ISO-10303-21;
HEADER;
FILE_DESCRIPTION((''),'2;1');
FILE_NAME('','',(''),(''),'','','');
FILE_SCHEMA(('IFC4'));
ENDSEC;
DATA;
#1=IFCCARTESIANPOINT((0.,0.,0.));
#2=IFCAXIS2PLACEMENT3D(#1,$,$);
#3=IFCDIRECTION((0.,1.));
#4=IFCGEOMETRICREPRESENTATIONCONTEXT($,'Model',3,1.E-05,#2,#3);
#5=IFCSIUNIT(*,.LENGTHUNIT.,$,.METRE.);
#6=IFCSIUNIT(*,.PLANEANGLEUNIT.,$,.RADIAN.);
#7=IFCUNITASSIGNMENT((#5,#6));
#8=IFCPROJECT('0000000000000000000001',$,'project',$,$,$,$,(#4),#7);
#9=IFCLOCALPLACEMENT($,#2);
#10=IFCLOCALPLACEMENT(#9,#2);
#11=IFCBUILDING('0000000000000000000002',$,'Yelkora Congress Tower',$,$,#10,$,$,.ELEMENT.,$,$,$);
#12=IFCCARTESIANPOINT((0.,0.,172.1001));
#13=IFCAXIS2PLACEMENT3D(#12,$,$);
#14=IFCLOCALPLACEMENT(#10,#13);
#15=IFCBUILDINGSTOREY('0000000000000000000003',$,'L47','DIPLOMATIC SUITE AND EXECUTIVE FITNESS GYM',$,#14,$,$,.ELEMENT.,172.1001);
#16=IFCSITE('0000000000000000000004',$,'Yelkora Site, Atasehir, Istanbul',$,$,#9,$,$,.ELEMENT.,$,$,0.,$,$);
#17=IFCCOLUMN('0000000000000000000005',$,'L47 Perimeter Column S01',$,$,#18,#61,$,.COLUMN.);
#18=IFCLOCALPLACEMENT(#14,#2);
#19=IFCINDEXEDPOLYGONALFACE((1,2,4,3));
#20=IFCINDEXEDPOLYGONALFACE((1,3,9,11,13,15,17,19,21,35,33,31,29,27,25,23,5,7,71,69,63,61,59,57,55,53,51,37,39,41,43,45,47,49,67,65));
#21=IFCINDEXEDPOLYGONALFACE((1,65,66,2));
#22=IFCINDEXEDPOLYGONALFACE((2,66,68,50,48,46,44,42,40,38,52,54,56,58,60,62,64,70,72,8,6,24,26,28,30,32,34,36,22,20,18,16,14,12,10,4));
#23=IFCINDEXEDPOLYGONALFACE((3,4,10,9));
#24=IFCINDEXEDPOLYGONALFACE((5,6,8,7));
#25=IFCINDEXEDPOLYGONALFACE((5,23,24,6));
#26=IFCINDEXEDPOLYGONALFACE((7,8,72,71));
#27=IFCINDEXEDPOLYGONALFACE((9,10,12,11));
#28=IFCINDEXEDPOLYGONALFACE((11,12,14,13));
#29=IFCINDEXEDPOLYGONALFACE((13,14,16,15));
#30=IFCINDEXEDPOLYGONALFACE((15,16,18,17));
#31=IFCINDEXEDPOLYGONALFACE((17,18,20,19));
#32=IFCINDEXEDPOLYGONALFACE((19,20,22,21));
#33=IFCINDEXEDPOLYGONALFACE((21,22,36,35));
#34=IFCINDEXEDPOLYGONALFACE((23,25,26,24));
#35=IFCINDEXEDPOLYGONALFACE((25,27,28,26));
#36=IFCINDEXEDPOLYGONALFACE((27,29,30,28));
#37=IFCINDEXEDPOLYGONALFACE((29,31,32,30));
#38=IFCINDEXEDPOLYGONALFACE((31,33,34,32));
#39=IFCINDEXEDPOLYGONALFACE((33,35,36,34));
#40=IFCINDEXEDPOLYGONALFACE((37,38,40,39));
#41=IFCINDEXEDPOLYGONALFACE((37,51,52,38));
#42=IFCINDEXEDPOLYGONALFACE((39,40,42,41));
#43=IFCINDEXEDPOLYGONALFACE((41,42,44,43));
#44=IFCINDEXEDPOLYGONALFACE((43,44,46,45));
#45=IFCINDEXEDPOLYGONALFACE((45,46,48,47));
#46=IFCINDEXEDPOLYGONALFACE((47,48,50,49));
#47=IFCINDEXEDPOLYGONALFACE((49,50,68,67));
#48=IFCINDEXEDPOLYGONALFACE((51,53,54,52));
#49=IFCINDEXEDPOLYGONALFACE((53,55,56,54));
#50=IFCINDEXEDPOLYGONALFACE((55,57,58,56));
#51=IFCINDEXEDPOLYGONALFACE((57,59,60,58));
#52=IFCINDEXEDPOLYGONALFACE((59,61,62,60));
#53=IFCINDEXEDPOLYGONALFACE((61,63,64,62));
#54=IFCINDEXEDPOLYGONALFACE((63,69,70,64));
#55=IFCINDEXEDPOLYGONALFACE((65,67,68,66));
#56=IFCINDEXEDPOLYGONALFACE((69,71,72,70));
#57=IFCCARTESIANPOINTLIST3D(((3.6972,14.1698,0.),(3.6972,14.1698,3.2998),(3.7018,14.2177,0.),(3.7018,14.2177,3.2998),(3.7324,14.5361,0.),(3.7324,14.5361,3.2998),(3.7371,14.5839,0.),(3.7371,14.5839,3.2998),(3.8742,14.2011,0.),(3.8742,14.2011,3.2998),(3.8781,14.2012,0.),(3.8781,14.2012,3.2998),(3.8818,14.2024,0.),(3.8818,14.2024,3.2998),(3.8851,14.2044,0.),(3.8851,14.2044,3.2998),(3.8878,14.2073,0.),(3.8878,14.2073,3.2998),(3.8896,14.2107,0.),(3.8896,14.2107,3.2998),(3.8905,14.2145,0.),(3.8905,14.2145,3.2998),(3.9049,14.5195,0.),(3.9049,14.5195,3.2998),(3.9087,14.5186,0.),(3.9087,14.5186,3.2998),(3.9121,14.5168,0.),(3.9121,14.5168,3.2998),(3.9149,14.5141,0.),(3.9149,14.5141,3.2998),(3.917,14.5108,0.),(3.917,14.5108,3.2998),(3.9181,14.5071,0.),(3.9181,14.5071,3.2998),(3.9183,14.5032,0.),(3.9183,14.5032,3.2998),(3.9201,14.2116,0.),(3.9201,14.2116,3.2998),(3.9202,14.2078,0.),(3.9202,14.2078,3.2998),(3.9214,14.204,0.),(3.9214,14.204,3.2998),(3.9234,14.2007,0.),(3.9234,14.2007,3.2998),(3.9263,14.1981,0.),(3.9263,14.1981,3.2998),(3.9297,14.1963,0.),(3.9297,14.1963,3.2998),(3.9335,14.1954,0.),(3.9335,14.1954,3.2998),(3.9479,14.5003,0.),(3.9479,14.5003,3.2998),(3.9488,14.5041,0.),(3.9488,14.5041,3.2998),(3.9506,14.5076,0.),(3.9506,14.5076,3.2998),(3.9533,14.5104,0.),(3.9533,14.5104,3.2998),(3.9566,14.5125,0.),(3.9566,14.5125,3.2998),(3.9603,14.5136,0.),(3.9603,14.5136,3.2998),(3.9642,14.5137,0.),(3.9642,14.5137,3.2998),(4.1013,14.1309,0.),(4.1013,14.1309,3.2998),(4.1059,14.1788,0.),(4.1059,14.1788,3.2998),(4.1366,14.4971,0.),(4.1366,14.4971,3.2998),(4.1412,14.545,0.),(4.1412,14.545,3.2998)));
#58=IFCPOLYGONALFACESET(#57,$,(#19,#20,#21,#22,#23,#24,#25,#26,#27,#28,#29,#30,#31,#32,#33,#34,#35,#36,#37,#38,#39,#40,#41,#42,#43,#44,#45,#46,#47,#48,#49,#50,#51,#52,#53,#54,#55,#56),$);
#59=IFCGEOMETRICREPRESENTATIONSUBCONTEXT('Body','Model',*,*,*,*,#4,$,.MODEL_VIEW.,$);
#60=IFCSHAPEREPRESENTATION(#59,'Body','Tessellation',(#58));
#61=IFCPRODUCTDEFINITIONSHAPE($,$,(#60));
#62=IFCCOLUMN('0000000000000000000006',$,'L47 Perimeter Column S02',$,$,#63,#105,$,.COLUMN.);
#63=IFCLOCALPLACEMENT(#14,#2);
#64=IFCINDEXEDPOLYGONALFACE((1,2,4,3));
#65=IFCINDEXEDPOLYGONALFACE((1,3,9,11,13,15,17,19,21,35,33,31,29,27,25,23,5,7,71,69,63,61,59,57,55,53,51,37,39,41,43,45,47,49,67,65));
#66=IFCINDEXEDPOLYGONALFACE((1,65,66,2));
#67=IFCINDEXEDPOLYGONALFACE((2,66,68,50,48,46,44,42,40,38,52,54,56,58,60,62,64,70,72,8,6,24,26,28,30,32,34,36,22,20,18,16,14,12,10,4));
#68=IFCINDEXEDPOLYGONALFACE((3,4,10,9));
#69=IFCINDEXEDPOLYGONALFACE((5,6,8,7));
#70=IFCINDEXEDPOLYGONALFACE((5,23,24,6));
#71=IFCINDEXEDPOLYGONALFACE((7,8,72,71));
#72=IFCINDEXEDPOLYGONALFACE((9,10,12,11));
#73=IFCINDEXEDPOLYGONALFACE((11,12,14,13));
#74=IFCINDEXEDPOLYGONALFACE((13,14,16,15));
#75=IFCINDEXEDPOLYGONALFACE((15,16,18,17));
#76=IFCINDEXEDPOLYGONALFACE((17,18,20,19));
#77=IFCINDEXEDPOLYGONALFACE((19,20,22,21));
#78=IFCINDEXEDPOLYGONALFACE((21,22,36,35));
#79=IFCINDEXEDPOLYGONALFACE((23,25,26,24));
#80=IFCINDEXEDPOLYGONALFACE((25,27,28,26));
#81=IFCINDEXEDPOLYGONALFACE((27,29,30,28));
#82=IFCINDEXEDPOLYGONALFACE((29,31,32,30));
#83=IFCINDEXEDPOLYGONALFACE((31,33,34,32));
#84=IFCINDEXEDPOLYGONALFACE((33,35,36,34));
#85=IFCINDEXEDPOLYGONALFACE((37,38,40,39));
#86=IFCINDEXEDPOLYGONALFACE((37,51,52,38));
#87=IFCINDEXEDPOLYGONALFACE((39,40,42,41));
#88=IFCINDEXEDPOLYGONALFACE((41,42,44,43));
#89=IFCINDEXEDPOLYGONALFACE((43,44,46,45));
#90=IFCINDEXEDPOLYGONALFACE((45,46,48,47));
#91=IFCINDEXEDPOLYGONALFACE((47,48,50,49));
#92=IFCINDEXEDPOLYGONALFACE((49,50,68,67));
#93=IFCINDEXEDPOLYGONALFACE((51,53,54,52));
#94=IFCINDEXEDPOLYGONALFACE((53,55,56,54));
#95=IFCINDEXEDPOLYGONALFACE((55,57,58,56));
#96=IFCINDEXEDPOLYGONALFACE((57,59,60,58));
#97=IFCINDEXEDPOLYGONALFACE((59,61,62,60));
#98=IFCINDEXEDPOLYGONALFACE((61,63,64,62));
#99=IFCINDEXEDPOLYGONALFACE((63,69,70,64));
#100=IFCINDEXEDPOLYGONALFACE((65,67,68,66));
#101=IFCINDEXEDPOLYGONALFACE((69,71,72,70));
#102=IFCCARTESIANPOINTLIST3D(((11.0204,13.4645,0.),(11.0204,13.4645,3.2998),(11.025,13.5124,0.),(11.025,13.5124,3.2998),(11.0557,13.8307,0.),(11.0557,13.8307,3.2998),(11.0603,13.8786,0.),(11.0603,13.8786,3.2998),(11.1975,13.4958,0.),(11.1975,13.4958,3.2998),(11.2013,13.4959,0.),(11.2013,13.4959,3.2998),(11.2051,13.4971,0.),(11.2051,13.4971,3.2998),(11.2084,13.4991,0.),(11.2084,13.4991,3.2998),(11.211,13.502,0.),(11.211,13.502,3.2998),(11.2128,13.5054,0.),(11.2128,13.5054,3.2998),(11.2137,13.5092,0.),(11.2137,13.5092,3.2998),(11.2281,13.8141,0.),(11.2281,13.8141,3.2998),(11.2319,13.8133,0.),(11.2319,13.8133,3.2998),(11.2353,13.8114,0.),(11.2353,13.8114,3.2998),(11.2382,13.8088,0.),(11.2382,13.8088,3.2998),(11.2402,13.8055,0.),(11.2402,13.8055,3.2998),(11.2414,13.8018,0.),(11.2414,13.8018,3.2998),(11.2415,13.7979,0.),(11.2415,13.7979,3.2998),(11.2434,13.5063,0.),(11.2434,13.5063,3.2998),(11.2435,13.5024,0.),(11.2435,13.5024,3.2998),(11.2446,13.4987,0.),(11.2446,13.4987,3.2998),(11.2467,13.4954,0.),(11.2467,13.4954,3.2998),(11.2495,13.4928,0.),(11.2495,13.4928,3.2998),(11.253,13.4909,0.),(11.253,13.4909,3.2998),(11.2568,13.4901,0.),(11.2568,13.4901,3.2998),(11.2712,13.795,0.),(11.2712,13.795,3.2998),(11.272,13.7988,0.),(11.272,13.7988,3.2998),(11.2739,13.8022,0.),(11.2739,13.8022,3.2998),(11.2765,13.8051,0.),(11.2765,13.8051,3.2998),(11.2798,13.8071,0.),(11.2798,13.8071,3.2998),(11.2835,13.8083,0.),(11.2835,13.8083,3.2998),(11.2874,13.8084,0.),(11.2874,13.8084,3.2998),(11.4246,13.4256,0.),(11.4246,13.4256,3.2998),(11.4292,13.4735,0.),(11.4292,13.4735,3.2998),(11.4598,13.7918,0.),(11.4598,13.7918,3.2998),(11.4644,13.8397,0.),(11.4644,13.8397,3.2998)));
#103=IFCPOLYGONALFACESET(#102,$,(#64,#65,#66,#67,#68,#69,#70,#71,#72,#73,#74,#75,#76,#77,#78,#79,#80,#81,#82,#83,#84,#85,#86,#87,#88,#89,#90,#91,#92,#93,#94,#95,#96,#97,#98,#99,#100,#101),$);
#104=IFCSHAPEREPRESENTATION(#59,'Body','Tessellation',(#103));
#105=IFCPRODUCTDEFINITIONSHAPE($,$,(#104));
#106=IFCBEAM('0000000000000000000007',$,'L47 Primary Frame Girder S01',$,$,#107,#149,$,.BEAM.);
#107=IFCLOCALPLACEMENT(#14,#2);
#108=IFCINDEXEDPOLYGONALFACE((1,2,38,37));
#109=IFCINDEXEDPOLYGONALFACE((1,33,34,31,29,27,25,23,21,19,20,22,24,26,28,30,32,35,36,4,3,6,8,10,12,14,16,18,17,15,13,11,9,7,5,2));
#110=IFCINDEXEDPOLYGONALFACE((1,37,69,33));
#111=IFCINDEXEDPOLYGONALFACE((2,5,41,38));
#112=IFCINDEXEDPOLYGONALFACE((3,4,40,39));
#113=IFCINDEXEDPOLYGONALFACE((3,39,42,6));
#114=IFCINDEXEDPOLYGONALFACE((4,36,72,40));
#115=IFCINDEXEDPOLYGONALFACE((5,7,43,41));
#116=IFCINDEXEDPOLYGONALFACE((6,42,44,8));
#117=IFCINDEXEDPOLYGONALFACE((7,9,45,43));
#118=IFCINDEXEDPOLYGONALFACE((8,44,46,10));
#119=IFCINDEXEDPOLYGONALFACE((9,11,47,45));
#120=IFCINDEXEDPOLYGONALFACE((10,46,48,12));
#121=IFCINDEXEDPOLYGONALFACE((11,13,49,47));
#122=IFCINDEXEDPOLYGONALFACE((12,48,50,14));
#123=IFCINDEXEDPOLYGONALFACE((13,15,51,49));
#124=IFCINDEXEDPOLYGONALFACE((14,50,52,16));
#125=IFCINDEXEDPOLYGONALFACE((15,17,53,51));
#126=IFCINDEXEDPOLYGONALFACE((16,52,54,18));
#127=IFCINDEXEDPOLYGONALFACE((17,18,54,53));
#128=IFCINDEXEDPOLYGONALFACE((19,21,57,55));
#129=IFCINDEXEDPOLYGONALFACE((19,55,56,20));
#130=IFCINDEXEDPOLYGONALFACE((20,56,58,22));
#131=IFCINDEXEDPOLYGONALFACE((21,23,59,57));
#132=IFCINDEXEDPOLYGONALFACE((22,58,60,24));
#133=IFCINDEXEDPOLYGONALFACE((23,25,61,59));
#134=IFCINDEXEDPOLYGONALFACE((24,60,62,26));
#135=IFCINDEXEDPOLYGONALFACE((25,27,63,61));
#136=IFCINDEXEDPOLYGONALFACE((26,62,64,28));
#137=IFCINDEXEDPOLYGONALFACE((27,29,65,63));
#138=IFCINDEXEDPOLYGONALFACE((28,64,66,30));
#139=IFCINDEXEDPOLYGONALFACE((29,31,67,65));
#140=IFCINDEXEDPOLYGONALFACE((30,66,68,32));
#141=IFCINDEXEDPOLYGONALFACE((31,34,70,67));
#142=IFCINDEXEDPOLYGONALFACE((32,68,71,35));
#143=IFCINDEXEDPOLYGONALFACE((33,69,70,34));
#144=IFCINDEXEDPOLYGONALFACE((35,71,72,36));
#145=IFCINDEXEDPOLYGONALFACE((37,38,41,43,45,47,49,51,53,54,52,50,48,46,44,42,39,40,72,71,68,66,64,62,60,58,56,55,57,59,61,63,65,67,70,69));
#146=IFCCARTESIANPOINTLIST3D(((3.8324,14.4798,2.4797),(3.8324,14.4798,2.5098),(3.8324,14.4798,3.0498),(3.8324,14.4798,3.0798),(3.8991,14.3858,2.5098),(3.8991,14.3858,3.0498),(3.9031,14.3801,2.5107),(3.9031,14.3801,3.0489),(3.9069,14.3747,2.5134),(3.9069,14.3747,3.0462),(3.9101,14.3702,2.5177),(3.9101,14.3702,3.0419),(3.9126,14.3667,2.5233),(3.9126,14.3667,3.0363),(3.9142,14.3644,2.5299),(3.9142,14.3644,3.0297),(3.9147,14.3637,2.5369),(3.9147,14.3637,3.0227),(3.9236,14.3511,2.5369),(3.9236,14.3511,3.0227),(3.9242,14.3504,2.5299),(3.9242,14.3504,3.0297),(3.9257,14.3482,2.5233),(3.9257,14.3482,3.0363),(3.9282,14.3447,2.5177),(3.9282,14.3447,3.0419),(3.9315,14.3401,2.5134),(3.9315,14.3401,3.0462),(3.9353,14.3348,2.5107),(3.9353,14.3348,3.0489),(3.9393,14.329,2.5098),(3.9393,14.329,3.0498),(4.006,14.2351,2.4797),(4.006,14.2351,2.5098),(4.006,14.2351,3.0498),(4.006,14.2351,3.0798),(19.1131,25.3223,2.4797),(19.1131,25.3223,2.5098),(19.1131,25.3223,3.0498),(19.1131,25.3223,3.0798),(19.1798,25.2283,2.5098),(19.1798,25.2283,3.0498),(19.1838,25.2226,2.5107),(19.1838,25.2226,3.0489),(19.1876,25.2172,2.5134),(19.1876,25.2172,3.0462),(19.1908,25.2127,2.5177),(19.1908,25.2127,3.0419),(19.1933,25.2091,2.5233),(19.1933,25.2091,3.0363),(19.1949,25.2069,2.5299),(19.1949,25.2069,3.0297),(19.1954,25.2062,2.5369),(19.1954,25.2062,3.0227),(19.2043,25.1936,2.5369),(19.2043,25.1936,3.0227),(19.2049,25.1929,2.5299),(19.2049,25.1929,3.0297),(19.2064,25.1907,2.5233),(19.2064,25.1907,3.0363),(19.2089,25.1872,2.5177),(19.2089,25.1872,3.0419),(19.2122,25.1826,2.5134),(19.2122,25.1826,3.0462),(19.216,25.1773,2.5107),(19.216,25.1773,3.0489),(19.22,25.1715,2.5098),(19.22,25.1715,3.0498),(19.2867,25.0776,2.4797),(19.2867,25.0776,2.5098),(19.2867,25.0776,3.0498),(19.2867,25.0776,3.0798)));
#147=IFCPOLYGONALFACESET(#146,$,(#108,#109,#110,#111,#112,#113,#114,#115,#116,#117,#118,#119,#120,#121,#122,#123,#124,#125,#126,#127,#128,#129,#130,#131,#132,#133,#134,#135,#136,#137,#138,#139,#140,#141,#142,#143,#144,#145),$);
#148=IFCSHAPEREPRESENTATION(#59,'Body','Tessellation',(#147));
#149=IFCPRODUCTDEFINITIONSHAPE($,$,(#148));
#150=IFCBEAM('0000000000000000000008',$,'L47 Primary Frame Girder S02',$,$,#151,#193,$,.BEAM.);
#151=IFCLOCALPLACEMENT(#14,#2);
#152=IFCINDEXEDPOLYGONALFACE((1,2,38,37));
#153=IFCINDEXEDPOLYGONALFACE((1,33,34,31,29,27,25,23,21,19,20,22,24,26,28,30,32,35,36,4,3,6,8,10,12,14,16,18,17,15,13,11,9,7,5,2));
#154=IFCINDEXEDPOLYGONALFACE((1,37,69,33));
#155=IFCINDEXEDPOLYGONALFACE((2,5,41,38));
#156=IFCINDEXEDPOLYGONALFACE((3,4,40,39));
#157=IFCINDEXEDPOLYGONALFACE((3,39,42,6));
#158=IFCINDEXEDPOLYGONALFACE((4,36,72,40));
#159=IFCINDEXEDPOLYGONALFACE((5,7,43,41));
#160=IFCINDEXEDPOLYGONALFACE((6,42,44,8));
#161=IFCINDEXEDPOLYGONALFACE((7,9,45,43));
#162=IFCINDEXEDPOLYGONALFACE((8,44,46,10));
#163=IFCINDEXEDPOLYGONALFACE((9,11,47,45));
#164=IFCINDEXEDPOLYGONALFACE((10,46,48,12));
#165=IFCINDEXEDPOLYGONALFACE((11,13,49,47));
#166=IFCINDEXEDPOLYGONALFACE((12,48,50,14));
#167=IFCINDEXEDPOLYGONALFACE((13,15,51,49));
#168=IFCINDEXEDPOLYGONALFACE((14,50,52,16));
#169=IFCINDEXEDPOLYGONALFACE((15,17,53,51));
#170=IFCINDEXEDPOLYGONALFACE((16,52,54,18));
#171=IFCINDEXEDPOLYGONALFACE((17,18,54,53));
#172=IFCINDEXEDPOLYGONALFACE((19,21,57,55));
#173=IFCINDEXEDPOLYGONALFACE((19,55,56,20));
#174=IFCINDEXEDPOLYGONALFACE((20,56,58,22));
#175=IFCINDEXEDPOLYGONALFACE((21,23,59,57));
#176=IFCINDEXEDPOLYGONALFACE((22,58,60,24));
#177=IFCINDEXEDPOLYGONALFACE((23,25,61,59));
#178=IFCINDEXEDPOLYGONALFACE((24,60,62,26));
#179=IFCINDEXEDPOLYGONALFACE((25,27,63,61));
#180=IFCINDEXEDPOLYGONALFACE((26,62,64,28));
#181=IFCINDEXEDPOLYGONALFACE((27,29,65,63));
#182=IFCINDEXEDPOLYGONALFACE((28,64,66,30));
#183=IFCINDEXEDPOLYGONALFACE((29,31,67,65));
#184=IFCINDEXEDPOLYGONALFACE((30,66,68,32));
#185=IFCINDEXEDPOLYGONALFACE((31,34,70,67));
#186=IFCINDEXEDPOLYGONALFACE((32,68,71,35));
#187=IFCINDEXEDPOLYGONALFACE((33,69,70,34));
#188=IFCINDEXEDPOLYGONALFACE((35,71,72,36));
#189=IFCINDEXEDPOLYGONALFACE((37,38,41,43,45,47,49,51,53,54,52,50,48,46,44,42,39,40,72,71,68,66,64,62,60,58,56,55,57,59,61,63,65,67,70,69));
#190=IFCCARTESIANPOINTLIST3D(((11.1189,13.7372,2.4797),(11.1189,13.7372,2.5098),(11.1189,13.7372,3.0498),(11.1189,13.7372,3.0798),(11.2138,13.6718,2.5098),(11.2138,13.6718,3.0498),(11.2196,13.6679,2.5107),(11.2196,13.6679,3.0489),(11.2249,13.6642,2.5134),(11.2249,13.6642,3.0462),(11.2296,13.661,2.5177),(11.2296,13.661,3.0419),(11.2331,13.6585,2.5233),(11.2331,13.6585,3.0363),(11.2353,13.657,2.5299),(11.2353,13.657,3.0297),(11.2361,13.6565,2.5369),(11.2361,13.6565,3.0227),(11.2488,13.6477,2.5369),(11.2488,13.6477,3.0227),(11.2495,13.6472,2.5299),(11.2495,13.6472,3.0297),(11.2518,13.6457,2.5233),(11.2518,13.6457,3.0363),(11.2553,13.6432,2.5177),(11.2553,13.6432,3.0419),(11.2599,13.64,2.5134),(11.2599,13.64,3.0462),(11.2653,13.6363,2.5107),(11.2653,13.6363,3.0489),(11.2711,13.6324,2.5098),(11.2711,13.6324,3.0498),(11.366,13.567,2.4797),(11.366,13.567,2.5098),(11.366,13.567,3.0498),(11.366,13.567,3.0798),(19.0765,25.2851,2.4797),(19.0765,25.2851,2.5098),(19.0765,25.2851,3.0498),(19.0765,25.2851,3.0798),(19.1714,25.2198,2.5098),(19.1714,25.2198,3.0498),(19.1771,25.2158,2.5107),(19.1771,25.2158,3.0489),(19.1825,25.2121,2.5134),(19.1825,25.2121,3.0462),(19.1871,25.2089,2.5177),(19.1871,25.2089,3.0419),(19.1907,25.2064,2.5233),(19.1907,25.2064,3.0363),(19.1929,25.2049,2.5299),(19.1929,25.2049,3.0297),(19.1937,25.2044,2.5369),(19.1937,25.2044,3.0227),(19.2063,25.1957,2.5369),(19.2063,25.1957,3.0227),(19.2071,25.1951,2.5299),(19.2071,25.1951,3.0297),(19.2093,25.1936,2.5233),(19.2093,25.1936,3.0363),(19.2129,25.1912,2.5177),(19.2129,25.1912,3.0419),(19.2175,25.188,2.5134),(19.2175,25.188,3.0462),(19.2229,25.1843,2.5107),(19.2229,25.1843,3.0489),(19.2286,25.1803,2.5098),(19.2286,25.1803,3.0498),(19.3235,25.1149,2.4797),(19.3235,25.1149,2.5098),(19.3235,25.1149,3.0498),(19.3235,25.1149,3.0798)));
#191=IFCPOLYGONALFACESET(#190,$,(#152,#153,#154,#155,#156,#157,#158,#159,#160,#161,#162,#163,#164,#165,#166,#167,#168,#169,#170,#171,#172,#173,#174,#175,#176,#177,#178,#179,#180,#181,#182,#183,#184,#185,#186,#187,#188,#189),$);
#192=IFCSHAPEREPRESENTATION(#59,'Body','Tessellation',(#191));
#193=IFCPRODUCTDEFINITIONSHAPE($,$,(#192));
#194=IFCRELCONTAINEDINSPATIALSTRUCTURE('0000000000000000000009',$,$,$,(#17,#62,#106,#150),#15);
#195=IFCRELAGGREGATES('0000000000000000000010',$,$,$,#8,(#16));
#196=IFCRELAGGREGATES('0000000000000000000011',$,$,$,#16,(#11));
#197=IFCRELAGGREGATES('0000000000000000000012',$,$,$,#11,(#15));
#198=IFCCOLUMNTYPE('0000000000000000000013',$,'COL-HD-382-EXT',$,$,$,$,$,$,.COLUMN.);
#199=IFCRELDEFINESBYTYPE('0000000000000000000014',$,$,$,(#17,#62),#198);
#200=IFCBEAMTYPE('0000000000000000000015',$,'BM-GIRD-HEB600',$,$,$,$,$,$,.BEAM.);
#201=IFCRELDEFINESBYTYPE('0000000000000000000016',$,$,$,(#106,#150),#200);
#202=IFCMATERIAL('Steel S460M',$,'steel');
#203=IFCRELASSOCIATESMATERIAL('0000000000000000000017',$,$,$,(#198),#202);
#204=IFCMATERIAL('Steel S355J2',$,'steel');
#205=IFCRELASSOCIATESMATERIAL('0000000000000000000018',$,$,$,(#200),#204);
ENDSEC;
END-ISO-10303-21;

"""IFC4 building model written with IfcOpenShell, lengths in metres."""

from ifc_helpers import new_model, si_unit, direction, frame, origin, origin_2d, place, context, subcontext, project, spatial, i_section, extrude, material, material_profile, profile_set, type_object, element, save


model = new_model("IFC4")

# Units and contexts
model_context = context("Model", 3, precision=1e-05, world=origin(), true_north=direction((0.0, 1.0)))
body_context = subcontext(model_context, "Body", "Model", "MODEL_VIEW")
ifc_project = project(units=[si_unit("LENGTHUNIT", "METRE"), si_unit("PLANEANGLEUNIT", "RADIAN")], contexts=[model_context])

# Site, building, storey
site_placement = place(None, origin())
site = spatial("IfcSite", under=ifc_project, at=site_placement, Name="Yelkora Site, Atasehir, Istanbul", CompositionType="ELEMENT", RefElevation=0.0)
building_placement = place(site_placement, origin())
building = spatial("IfcBuilding", under=site, at=building_placement, Name="Yelkora Congress Tower", CompositionType="ELEMENT")
storey_placement = place(building_placement, frame((0.0, 0.0, 172.1001)))
storey = spatial("IfcBuildingStorey", under=building, at=storey_placement, Name="L47", Description="DIPLOMATIC SUITE AND EXECUTIVE FITNESS GYM", CompositionType="ELEMENT", Elevation=172.1001)

# Columns
ifc_material_1 = material(Name="Steel S460M", Category="steel")
ifc_material_profile_1 = material_profile(ifc_material_1, i_section(OverallWidth=0.406, OverallDepth=0.416, WebThickness=0.0298, FlangeThickness=0.0481, FilletRadius=0.0149, at=origin_2d()), Name="HD 400x382")
ifc_profile_set_1 = profile_set([ifc_material_profile_1], Name="Steel S460M")
column_type = type_object("IfcColumnType", Name="COL-HD-382-EXT", PredefinedType="COLUMN", material=ifc_profile_set_1)
for number, where, z_axis, x_axis, name in (
    (1, (3.9192, 14.3574, 0.0), (0.0, 0.0, 1.0), (0.995396, -0.095846, 0.0), "L47 Perimeter Column S01"),
    (2, (11.2424, 13.6521, 0.0), (0.0, 0.0, 1.0), (0.995396, -0.095846, 0.0), "L47 Perimeter Column S02"),
):
    element("IfcColumn", number, at=place(storey_placement, frame(where, z_axis=z_axis, x_axis=x_axis)), inside=storey, type_object=column_type, Name=name, PredefinedType="COLUMN", context=body_context, shape_type="SweptSolid", body=[
        extrude(i_section(OverallWidth=0.406, OverallDepth=0.416, WebThickness=0.0298, FlangeThickness=0.0481, FilletRadius=0.0149, at=origin_2d()), origin(), (0.0, 0.0, 1.0), 3.2998),
    ])

# Beams
ifc_material_2 = material(Name="Steel S355J2", Category="steel")
ifc_material_profile_2 = material_profile(ifc_material_2, i_section(OverallWidth=0.3, OverallDepth=0.6001, WebThickness=0.0154, FlangeThickness=0.03, FilletRadius=0.0271, at=origin_2d()), Name="HEB 600")
ifc_profile_set_2 = profile_set([ifc_material_profile_2], Name="Steel S355J2")
beam_type_1 = type_object("IfcBeamType", Name="BM-GIRD-HEB600", PredefinedType="BEAM", material=ifc_profile_set_2)
beam_1_placement = place(storey_placement, frame((3.9192, 14.3574, 2.7798), z_axis=(0.815555, 0.57868, 0.0), x_axis=(-0.57868, 0.815555, 0.0)))
element("IfcBeam", 3, at=beam_1_placement, inside=storey, type_object=beam_type_1, Name="L47 Primary Frame Girder S01", PredefinedType="BEAM", context=body_context, shape_type="SweptSolid", body=[
    extrude(i_section(OverallWidth=0.3, OverallDepth=0.6001, WebThickness=0.0154, FlangeThickness=0.03, FilletRadius=0.0271, at=origin_2d()), origin(), (0.0, 0.0, 1.0), 18.7366),
])
beam_2_placement = place(storey_placement, frame((11.2424, 13.6521, 2.7798), z_axis=(0.567418, 0.82343, 0.0), x_axis=(-0.82343, 0.567418, 0.0)))
element("IfcBeam", 4, at=beam_2_placement, inside=storey, type_object=beam_type_1, Name="L47 Primary Frame Girder S02", PredefinedType="BEAM", context=body_context, shape_type="SweptSolid", body=[
    extrude(i_section(OverallWidth=0.3, OverallDepth=0.6001, WebThickness=0.0154, FlangeThickness=0.03, FilletRadius=0.0271, at=origin_2d()), origin(), (0.0, 0.0, 1.0), 14.0242),
])

save(model, "model.ifc")
